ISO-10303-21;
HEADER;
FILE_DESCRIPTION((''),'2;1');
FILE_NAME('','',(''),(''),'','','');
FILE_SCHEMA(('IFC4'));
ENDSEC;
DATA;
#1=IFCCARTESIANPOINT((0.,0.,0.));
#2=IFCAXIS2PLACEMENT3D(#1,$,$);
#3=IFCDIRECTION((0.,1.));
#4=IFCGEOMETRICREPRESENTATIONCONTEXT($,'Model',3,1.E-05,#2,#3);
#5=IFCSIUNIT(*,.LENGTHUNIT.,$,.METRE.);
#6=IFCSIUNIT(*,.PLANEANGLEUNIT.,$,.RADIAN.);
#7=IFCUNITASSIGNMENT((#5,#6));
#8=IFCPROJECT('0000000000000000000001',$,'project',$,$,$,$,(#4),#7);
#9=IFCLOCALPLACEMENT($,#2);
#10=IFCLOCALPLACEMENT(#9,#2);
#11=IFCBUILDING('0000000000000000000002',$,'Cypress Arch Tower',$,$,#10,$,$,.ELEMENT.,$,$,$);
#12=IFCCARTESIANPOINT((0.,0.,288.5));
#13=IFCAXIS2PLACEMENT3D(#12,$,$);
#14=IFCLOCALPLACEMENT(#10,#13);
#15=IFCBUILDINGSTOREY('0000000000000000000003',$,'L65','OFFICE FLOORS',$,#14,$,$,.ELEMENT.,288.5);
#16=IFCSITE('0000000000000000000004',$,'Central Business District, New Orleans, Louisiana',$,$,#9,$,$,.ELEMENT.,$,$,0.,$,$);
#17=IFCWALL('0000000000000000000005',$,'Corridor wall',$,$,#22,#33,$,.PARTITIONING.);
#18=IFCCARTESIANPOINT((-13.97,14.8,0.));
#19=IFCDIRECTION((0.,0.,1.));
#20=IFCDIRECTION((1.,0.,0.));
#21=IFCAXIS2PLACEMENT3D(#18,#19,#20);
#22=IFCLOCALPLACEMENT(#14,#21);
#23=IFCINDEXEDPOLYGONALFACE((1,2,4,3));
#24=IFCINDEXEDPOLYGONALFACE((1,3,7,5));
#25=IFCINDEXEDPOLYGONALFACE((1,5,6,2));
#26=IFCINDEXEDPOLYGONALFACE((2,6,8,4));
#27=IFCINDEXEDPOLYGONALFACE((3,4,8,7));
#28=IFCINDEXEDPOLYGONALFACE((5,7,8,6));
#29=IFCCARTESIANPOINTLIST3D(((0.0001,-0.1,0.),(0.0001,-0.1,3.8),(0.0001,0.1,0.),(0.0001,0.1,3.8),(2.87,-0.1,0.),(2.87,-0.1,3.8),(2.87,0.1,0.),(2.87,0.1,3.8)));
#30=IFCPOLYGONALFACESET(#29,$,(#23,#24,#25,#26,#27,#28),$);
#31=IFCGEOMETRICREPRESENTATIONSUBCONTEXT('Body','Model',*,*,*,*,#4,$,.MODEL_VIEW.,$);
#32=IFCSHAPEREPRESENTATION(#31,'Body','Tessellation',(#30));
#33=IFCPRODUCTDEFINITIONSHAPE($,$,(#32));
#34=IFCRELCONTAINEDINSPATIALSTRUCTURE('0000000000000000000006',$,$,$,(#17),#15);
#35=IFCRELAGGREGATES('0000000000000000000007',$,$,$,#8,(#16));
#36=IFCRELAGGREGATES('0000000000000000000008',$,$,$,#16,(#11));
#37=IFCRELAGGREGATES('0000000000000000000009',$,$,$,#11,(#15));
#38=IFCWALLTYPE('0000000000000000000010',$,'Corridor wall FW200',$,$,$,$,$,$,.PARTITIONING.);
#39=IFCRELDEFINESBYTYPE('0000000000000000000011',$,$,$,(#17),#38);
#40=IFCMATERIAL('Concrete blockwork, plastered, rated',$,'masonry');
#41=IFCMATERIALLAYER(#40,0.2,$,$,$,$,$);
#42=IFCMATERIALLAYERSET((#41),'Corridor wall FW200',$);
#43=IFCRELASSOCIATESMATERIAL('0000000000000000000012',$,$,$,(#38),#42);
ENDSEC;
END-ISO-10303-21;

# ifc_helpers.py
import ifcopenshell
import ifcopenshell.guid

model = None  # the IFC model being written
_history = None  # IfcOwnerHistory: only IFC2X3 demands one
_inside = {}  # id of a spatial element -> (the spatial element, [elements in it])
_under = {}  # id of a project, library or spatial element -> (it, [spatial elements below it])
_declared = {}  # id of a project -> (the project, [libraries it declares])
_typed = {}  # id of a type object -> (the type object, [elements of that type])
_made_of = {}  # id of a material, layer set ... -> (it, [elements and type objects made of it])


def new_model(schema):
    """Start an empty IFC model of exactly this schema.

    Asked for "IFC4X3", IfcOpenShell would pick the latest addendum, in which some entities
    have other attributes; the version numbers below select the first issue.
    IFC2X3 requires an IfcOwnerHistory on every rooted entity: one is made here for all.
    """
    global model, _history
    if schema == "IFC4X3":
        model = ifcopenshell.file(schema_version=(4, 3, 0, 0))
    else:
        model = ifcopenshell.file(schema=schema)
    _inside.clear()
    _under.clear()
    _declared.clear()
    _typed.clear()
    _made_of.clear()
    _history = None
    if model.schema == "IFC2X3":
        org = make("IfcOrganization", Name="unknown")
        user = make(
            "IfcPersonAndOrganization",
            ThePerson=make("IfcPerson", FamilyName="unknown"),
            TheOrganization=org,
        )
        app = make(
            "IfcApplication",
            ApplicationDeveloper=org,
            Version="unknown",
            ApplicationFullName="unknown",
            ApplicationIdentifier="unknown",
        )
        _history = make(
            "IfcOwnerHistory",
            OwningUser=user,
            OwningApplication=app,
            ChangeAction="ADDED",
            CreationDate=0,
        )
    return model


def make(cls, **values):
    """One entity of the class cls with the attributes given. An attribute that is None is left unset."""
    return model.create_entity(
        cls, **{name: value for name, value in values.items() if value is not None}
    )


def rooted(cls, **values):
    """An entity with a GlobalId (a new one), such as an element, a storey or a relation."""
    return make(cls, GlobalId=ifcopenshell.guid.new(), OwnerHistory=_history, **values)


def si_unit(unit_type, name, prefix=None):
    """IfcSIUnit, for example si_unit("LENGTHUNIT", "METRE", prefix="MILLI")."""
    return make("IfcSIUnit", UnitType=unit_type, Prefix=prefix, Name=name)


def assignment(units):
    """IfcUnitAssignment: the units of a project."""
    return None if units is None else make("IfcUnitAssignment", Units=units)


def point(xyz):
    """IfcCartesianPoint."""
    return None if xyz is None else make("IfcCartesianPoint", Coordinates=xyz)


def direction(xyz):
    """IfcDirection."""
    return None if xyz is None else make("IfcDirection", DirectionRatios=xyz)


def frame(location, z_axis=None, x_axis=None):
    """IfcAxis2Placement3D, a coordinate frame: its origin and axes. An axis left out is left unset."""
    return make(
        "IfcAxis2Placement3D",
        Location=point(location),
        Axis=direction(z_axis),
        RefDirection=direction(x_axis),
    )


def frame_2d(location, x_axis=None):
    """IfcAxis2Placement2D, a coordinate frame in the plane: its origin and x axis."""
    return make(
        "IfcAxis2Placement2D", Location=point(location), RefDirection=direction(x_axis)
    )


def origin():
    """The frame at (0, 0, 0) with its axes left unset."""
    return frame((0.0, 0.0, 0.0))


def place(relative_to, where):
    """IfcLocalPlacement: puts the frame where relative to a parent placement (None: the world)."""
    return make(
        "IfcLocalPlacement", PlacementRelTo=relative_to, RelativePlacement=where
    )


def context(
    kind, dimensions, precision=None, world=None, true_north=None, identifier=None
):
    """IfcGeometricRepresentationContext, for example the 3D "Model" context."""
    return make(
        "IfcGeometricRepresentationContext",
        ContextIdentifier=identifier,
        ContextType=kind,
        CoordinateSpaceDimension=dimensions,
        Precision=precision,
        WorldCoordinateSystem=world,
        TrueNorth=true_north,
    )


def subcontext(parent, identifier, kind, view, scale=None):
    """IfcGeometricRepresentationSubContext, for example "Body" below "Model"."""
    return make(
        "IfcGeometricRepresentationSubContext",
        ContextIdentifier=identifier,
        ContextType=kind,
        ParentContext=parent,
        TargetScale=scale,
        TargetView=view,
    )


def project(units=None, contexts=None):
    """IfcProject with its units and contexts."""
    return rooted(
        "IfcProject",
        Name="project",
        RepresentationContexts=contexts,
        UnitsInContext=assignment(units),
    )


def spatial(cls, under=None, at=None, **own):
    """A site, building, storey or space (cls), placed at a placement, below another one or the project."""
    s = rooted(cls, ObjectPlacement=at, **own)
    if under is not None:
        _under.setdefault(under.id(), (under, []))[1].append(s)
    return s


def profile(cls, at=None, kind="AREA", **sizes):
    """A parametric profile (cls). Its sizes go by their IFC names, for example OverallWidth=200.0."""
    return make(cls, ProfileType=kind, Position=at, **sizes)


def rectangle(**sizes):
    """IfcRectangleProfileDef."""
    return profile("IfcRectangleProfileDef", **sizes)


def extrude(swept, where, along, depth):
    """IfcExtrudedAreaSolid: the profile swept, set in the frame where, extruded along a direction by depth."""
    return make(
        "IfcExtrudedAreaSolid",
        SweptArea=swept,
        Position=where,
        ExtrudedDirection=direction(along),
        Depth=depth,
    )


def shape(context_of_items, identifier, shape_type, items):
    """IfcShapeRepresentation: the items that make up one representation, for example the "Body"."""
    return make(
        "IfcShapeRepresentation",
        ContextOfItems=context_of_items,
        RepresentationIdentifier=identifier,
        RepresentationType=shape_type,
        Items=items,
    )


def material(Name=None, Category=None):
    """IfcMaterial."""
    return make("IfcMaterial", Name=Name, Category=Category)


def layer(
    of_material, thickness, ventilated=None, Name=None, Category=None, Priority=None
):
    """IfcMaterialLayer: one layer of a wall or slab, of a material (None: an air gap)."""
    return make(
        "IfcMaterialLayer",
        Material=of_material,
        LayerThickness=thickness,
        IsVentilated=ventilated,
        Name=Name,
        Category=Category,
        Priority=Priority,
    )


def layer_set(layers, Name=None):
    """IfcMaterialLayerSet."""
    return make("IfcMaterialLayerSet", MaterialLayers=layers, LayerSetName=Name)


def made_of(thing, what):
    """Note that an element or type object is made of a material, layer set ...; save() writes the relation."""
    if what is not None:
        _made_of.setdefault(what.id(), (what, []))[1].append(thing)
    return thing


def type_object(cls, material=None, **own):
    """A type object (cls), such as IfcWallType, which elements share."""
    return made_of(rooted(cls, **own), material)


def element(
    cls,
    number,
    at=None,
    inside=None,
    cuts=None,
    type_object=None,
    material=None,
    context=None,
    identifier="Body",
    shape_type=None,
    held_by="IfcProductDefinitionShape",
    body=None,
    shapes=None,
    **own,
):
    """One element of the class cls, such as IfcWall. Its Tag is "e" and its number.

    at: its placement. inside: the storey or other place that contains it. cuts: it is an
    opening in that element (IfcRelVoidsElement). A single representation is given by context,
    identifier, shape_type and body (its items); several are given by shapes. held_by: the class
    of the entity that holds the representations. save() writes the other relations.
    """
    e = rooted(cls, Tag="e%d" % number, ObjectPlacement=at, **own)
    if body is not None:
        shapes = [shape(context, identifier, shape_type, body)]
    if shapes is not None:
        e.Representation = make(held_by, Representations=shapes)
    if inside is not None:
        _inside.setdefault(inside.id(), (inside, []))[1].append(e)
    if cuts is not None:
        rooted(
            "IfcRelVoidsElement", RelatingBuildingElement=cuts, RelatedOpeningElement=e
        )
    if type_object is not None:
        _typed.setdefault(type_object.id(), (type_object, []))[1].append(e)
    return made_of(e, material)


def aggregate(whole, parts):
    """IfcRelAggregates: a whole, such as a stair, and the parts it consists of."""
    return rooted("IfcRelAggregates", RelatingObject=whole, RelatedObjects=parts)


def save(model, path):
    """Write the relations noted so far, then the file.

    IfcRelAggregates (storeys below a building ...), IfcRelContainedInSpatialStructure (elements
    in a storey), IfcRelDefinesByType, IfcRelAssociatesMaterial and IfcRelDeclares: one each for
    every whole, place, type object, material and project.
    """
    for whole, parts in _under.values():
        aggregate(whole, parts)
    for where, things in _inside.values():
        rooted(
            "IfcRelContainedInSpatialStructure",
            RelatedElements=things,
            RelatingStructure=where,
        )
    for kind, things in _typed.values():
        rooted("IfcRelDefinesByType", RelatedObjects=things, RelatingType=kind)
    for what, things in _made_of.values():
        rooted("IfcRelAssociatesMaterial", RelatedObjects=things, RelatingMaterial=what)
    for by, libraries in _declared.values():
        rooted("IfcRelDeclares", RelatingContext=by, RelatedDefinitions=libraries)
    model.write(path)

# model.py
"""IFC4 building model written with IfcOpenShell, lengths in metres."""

from ifc_helpers import new_model, si_unit, direction, frame, frame_2d, origin, place, context, subcontext, project, spatial, rectangle, extrude, material, layer, layer_set, type_object, element, save


model = new_model("IFC4")

# Units and contexts
model_context = context("Model", 3, precision=1e-05, world=origin(), true_north=direction((0.0, 1.0)))
body_context = subcontext(model_context, "Body", "Model", "MODEL_VIEW")
ifc_project = project(units=[si_unit("LENGTHUNIT", "METRE"), si_unit("PLANEANGLEUNIT", "RADIAN")], contexts=[model_context])

# Site, building, storey
site_placement = place(None, origin())
site = spatial("IfcSite", under=ifc_project, at=site_placement, Name="Central Business District, New Orleans, Louisiana", CompositionType="ELEMENT", RefElevation=0.0)
building_placement = place(site_placement, origin())
building = spatial("IfcBuilding", under=site, at=building_placement, Name="Cypress Arch Tower", CompositionType="ELEMENT")
storey_placement = place(building_placement, frame((0.0, 0.0, 288.5)))
storey = spatial("IfcBuildingStorey", under=building, at=storey_placement, Name="L65", Description="OFFICE FLOORS", CompositionType="ELEMENT", Elevation=288.5)

# Wall
ifc_material_1 = material(Name="Concrete blockwork, plastered, rated", Category="masonry")
ifc_layer_1 = layer(ifc_material_1, 0.2)
ifc_layer_set_1 = layer_set([ifc_layer_1], Name="Corridor wall FW200")
wall_type_1 = type_object("IfcWallType", Name="Corridor wall FW200", PredefinedType="PARTITIONING", material=ifc_layer_set_1)
wall_1_placement = place(storey_placement, frame((-13.97, 14.8, 0.0), z_axis=(0.0, 0.0, 1.0), x_axis=(1.0, 0.0, 0.0)))
element("IfcWall", 1, at=wall_1_placement, inside=storey, type_object=wall_type_1, Name="Corridor wall", PredefinedType="PARTITIONING", context=body_context, shape_type="SweptSolid", body=[
    extrude(rectangle(XDim=2.8699, YDim=0.2, at=frame_2d((1.4351, 0.0))), origin(), (0.0, 0.0, 1.0), 3.8),
])

save(model, "model.ifc")
